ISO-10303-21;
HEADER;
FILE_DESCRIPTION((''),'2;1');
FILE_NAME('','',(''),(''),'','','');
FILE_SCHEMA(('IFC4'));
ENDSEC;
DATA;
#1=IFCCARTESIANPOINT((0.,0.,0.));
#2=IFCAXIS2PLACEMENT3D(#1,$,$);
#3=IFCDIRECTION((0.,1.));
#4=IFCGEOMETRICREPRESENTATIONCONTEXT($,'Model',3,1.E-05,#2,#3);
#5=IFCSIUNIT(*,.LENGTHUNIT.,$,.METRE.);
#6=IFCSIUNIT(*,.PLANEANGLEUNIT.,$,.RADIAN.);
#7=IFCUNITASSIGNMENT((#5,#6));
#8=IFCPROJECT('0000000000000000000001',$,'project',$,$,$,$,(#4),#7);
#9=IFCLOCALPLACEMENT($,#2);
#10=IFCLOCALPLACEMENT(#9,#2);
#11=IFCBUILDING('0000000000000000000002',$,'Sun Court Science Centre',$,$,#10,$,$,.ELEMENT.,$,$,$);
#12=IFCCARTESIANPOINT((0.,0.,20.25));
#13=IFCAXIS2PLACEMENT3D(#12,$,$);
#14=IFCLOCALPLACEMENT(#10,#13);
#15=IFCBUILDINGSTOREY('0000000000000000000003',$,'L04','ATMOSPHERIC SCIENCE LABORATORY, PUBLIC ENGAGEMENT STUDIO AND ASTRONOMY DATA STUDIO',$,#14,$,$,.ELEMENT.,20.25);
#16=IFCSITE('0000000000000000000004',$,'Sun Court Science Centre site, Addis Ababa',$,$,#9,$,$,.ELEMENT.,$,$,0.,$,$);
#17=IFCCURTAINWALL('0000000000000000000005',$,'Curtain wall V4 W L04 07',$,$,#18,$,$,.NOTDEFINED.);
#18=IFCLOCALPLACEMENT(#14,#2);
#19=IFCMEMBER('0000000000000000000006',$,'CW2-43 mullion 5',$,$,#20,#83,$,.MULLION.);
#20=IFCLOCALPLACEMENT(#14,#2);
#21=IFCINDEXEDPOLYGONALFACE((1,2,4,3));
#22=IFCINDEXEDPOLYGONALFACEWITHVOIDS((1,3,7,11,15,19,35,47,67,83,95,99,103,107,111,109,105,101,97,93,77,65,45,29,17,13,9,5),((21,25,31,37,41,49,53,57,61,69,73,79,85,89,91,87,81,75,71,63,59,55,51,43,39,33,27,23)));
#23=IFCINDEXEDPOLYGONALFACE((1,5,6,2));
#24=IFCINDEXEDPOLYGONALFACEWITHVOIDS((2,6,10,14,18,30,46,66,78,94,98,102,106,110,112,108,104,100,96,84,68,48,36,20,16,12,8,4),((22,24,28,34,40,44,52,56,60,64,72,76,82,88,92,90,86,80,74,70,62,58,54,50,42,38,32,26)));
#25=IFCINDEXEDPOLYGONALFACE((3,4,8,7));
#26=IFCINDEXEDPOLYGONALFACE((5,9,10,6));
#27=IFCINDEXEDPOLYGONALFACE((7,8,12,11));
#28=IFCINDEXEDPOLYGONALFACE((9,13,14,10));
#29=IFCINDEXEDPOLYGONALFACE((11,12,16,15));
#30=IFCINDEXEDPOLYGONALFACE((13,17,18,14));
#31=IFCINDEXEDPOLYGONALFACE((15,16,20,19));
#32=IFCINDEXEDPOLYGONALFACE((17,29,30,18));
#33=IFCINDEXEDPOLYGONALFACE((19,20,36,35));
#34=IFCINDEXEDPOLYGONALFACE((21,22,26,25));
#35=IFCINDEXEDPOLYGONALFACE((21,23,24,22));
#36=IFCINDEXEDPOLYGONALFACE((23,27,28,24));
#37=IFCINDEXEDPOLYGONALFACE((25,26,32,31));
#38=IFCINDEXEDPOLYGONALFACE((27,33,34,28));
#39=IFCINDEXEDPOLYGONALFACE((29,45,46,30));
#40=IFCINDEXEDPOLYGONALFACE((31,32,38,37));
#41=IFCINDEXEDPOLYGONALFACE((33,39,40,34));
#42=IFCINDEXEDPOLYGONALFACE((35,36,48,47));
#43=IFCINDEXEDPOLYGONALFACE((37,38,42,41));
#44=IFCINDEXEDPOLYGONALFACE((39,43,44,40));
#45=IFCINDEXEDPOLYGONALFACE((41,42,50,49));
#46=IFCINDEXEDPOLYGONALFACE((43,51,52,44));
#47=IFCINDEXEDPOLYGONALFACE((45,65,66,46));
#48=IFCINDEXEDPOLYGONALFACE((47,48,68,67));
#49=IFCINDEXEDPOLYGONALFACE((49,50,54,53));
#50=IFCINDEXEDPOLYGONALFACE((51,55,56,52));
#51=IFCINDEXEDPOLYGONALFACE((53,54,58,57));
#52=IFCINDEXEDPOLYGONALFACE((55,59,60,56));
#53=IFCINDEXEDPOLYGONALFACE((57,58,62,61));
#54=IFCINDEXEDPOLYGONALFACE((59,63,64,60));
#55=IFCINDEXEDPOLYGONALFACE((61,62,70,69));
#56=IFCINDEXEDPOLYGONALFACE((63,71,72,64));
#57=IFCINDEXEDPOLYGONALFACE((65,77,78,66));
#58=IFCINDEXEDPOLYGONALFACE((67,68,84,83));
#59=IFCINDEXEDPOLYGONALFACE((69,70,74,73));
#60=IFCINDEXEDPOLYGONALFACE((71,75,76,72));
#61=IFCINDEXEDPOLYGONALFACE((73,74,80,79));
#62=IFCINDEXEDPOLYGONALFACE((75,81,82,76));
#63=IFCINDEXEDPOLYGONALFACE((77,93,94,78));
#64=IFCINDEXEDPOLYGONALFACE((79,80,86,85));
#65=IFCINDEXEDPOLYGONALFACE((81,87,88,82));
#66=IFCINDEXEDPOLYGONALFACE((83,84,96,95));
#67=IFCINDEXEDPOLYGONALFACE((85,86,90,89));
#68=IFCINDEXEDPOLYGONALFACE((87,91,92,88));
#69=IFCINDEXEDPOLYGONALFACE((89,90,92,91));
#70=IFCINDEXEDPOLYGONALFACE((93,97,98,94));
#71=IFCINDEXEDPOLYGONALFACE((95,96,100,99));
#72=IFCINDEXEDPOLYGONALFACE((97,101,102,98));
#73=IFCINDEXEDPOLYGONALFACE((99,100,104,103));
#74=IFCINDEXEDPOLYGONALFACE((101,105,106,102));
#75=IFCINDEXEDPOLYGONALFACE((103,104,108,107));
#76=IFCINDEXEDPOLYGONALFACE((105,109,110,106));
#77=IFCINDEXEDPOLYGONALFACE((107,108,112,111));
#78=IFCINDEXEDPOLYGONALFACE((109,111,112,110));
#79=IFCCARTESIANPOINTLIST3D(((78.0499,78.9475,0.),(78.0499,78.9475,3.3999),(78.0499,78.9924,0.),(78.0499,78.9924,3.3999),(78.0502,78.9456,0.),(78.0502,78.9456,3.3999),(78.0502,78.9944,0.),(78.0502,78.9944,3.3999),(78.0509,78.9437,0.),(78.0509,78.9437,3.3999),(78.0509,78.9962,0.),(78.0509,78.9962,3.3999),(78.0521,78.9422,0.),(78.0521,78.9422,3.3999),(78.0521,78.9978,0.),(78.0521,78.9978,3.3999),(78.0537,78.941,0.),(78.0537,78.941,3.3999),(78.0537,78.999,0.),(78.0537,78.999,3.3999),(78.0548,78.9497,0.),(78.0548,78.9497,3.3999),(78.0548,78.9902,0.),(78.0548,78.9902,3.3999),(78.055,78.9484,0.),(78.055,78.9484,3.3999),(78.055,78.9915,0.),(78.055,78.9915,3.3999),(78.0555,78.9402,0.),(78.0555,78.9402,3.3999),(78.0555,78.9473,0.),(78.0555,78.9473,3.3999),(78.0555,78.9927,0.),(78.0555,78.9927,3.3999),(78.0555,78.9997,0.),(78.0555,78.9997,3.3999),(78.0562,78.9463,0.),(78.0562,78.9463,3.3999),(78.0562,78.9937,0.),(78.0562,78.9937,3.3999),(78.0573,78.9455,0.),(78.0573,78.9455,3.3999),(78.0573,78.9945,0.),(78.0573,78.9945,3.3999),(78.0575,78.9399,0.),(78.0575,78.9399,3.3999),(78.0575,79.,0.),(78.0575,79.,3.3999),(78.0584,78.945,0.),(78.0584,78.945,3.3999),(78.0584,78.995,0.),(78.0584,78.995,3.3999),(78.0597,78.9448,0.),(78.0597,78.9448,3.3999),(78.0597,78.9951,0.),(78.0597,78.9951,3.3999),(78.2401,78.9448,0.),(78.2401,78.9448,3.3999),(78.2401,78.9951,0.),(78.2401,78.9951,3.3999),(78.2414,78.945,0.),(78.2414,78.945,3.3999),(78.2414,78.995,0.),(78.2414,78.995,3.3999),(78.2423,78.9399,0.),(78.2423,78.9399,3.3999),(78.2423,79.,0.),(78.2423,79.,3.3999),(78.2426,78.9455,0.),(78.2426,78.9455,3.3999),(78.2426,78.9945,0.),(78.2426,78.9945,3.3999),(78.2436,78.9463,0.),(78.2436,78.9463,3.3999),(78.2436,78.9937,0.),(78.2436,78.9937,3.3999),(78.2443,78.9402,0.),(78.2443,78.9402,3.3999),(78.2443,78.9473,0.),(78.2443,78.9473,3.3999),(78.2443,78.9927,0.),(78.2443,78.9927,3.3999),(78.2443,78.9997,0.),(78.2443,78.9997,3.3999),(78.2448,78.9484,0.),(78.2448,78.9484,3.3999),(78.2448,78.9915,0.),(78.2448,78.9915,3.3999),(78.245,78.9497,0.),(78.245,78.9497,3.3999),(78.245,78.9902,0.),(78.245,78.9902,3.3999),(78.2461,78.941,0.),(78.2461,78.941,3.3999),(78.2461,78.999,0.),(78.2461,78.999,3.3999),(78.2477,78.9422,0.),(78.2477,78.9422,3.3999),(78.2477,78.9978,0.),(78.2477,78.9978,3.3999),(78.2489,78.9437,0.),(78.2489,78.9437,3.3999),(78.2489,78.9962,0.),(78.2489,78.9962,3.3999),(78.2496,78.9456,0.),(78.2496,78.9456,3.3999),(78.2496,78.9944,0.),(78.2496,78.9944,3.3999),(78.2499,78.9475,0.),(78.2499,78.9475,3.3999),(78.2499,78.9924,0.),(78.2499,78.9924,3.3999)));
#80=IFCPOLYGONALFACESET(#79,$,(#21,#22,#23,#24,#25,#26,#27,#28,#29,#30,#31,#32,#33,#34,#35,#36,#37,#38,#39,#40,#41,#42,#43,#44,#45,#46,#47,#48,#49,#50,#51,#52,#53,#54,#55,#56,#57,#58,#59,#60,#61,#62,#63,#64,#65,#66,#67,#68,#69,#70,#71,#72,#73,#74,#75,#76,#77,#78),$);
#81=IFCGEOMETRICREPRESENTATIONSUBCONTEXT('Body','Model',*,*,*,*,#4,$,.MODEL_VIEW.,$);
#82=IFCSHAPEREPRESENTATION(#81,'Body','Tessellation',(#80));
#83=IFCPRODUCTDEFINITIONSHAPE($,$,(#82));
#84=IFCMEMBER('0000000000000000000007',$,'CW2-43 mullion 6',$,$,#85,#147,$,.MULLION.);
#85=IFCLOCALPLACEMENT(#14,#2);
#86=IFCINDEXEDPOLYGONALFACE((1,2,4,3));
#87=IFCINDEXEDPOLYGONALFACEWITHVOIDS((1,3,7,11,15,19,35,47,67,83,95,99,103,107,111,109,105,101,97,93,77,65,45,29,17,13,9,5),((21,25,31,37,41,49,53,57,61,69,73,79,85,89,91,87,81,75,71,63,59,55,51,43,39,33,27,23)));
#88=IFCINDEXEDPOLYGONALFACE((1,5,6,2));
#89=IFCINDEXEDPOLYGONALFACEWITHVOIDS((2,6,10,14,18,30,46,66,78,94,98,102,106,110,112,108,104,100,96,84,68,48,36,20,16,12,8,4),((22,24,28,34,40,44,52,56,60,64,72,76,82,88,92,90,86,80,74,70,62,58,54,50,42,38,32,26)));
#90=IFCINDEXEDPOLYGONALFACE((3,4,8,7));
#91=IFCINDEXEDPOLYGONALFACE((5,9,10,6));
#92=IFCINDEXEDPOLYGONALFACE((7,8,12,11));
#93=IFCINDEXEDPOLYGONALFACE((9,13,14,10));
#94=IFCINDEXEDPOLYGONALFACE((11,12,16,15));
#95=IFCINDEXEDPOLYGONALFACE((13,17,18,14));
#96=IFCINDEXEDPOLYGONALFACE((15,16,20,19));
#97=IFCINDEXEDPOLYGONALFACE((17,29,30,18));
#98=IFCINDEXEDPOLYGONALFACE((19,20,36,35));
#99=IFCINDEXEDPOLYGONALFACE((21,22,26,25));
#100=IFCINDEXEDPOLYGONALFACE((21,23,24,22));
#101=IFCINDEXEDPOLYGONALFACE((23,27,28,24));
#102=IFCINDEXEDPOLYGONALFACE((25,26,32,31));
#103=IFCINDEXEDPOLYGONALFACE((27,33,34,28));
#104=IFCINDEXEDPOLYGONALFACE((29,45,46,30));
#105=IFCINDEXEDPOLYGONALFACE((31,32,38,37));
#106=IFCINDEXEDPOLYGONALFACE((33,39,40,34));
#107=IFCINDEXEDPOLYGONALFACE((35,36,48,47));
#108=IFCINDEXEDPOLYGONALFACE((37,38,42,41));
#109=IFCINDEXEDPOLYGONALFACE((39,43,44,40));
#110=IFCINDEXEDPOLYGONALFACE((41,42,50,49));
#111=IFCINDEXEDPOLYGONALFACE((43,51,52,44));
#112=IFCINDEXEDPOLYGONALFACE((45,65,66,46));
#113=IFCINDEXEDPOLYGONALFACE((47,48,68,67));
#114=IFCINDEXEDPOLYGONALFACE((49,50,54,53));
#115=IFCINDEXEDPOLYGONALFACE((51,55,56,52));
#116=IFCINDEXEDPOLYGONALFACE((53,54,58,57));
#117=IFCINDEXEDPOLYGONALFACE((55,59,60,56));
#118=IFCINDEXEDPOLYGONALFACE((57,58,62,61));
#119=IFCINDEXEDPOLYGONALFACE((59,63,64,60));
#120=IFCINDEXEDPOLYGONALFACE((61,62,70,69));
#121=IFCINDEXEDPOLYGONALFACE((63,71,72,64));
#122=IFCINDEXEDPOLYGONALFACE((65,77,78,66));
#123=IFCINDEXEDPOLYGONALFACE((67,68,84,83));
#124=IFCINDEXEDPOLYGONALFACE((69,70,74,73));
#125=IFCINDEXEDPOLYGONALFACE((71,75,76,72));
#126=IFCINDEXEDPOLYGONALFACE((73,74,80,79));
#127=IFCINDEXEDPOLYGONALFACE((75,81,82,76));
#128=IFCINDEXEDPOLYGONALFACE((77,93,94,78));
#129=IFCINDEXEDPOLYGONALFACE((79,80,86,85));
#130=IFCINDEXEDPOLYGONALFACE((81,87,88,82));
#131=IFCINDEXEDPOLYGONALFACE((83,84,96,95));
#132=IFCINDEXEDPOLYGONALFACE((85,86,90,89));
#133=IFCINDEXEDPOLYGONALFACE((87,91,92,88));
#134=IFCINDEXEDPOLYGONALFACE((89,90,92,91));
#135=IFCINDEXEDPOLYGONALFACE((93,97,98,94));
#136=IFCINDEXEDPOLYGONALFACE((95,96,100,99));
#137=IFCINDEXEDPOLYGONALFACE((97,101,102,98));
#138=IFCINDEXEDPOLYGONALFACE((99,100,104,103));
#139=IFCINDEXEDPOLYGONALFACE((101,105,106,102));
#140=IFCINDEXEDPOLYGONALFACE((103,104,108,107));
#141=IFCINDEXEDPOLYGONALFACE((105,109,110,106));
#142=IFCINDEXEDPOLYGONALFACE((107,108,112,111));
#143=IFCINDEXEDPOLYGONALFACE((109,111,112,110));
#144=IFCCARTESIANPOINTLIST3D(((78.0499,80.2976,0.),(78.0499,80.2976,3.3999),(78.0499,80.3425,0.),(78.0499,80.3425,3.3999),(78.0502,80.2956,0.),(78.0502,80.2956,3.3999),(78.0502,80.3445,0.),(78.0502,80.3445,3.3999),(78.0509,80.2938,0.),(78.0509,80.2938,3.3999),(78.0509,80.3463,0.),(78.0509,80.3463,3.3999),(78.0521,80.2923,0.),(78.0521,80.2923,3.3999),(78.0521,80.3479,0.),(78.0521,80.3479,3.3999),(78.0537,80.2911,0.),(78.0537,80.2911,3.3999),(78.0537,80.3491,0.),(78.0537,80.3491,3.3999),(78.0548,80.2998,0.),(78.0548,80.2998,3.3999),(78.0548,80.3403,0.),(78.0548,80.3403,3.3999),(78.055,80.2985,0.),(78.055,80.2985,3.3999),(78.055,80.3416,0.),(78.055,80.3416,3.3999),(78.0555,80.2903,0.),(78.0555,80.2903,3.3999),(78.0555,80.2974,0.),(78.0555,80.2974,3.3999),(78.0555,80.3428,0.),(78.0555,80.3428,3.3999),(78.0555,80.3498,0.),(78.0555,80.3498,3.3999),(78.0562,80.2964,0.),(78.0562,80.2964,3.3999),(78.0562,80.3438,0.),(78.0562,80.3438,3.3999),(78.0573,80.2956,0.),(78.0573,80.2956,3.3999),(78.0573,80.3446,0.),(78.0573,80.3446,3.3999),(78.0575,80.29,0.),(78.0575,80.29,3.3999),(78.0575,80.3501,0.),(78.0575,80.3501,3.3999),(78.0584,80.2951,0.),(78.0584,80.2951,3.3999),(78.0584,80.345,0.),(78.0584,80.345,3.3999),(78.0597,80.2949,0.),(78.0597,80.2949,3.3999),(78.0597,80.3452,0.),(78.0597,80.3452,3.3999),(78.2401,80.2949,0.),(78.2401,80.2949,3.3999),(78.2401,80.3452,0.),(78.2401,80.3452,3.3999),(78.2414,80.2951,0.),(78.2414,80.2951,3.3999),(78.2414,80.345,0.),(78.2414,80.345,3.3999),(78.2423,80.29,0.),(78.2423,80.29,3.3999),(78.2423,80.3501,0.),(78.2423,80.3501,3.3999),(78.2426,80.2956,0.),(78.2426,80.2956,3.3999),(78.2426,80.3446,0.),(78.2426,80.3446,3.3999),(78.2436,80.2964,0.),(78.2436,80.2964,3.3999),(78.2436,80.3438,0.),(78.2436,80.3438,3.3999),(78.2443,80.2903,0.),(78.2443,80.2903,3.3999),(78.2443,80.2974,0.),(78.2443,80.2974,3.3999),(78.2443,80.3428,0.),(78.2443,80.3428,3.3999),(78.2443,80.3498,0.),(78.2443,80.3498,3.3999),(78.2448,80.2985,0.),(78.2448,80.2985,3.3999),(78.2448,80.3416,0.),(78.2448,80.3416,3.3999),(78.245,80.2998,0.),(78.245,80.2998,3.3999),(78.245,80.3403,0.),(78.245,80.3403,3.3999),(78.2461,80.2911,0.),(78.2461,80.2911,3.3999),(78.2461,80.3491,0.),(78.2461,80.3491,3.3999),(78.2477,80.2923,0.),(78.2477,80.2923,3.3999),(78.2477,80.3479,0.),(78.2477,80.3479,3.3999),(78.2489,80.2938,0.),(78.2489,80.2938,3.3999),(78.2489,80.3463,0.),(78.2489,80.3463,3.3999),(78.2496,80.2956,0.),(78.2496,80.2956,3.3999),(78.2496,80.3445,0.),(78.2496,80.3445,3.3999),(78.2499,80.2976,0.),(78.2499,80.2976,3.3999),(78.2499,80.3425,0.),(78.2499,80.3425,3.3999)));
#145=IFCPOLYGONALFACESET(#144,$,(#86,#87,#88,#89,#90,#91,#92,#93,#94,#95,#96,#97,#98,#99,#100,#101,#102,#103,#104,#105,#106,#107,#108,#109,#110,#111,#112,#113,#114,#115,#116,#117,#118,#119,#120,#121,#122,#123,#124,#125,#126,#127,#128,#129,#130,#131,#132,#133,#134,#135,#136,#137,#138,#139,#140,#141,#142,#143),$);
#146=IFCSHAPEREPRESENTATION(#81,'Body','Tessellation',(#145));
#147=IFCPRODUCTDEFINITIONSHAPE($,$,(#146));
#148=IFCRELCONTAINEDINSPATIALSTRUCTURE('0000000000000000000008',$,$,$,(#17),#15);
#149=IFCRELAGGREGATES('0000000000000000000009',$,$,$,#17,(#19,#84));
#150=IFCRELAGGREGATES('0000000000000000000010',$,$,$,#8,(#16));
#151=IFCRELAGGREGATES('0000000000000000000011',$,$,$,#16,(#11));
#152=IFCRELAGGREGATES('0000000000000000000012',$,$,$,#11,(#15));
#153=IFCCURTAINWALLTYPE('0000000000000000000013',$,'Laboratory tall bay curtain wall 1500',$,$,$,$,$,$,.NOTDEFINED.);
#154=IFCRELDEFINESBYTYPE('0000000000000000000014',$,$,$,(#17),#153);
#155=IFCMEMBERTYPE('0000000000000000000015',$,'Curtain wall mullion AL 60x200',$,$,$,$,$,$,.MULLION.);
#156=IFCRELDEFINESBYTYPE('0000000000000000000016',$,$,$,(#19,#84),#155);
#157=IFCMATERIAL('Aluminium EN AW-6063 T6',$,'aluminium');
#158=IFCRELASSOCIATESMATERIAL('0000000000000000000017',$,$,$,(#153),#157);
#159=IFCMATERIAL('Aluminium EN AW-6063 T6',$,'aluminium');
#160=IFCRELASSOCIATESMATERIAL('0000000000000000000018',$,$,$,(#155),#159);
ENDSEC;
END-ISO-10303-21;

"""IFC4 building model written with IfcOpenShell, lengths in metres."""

from ifc_helpers import new_model, si_unit, direction, frame, origin, origin_2d, place, context, subcontext, project, spatial, hollow_rectangle, extrude, material, material_profile, profile_set, type_object, element, aggregate, save


model = new_model("IFC4")

# Units and contexts
model_context = context("Model", 3, precision=1e-05, world=origin(), true_north=direction((0.0, 1.0)))
body_context = subcontext(model_context, "Body", "Model", "MODEL_VIEW")
ifc_project = project(units=[si_unit("LENGTHUNIT", "METRE"), si_unit("PLANEANGLEUNIT", "RADIAN")], contexts=[model_context])

# Site, building, storey
site_placement = place(None, origin())
site = spatial("IfcSite", under=ifc_project, at=site_placement, Name="Sun Court Science Centre site, Addis Ababa", CompositionType="ELEMENT", RefElevation=0.0)
building_placement = place(site_placement, origin())
building = spatial("IfcBuilding", under=site, at=building_placement, Name="Sun Court Science Centre", CompositionType="ELEMENT")
storey_placement = place(building_placement, frame((0.0, 0.0, 20.25)))
storey = spatial("IfcBuildingStorey", under=building, at=storey_placement, Name="L04", Description="ATMOSPHERIC SCIENCE LABORATORY, PUBLIC ENGAGEMENT STUDIO AND ASTRONOMY DATA STUDIO", CompositionType="ELEMENT", Elevation=20.25)

# Curtain wall, members
ifc_material_1 = material(Name="Aluminium EN AW-6063 T6", Category="aluminium")
curtain_wall_type = type_object("IfcCurtainWallType", Name="Laboratory tall bay curtain wall 1500", PredefinedType="NOTDEFINED", material=ifc_material_1)
curtain_wall_1_placement = place(storey_placement, origin())
curtain_wall_1 = element("IfcCurtainWall", 1, at=curtain_wall_1_placement, inside=storey, type_object=curtain_wall_type, Name="Curtain wall V4 W L04 07", PredefinedType="NOTDEFINED")
ifc_material_2 = material(Name="Aluminium EN AW-6063 T6", Category="aluminium")
ifc_material_profile_1 = material_profile(ifc_material_2, hollow_rectangle(XDim=0.0601, YDim=0.2, WallThickness=0.0049, InnerFilletRadius=0.0049, OuterFilletRadius=0.0076, at=origin_2d()), Name="AL 60x200x5")
ifc_profile_set_1 = profile_set([ifc_material_profile_1], Name="Aluminium EN AW-6063 T6")
member_type_1 = type_object("IfcMemberType", Name="Curtain wall mullion AL 60x200", PredefinedType="MULLION", material=ifc_profile_set_1)
member_1_placement = place(storey_placement, frame((78.1499, 78.97, 0.0), z_axis=(0.0, 0.0, 1.0), x_axis=(0.0, 1.0, 0.0)))
member_1 = element("IfcMember", 2, at=member_1_placement, type_object=member_type_1, Name="CW2-43 mullion 5", PredefinedType="MULLION", context=body_context, shape_type="SweptSolid", body=[
    extrude(hollow_rectangle(XDim=0.0601, YDim=0.2, WallThickness=0.0049, InnerFilletRadius=0.0049, OuterFilletRadius=0.0076, at=origin_2d()), origin(), (0.0, 0.0, 1.0), 3.3999),
])
member_2_placement = place(storey_placement, frame((78.1499, 80.3201, 0.0), z_axis=(0.0, 0.0, 1.0), x_axis=(0.0, 1.0, 0.0)))
member_2 = element("IfcMember", 3, at=member_2_placement, type_object=member_type_1, Name="CW2-43 mullion 6", PredefinedType="MULLION", context=body_context, shape_type="SweptSolid", body=[
    extrude(hollow_rectangle(XDim=0.0601, YDim=0.2, WallThickness=0.0049, InnerFilletRadius=0.0049, OuterFilletRadius=0.0076, at=origin_2d()), origin(), (0.0, 0.0, 1.0), 3.3999),
])

aggregate(curtain_wall_1, [member_1, member_2])

save(model, "model.ifc")
